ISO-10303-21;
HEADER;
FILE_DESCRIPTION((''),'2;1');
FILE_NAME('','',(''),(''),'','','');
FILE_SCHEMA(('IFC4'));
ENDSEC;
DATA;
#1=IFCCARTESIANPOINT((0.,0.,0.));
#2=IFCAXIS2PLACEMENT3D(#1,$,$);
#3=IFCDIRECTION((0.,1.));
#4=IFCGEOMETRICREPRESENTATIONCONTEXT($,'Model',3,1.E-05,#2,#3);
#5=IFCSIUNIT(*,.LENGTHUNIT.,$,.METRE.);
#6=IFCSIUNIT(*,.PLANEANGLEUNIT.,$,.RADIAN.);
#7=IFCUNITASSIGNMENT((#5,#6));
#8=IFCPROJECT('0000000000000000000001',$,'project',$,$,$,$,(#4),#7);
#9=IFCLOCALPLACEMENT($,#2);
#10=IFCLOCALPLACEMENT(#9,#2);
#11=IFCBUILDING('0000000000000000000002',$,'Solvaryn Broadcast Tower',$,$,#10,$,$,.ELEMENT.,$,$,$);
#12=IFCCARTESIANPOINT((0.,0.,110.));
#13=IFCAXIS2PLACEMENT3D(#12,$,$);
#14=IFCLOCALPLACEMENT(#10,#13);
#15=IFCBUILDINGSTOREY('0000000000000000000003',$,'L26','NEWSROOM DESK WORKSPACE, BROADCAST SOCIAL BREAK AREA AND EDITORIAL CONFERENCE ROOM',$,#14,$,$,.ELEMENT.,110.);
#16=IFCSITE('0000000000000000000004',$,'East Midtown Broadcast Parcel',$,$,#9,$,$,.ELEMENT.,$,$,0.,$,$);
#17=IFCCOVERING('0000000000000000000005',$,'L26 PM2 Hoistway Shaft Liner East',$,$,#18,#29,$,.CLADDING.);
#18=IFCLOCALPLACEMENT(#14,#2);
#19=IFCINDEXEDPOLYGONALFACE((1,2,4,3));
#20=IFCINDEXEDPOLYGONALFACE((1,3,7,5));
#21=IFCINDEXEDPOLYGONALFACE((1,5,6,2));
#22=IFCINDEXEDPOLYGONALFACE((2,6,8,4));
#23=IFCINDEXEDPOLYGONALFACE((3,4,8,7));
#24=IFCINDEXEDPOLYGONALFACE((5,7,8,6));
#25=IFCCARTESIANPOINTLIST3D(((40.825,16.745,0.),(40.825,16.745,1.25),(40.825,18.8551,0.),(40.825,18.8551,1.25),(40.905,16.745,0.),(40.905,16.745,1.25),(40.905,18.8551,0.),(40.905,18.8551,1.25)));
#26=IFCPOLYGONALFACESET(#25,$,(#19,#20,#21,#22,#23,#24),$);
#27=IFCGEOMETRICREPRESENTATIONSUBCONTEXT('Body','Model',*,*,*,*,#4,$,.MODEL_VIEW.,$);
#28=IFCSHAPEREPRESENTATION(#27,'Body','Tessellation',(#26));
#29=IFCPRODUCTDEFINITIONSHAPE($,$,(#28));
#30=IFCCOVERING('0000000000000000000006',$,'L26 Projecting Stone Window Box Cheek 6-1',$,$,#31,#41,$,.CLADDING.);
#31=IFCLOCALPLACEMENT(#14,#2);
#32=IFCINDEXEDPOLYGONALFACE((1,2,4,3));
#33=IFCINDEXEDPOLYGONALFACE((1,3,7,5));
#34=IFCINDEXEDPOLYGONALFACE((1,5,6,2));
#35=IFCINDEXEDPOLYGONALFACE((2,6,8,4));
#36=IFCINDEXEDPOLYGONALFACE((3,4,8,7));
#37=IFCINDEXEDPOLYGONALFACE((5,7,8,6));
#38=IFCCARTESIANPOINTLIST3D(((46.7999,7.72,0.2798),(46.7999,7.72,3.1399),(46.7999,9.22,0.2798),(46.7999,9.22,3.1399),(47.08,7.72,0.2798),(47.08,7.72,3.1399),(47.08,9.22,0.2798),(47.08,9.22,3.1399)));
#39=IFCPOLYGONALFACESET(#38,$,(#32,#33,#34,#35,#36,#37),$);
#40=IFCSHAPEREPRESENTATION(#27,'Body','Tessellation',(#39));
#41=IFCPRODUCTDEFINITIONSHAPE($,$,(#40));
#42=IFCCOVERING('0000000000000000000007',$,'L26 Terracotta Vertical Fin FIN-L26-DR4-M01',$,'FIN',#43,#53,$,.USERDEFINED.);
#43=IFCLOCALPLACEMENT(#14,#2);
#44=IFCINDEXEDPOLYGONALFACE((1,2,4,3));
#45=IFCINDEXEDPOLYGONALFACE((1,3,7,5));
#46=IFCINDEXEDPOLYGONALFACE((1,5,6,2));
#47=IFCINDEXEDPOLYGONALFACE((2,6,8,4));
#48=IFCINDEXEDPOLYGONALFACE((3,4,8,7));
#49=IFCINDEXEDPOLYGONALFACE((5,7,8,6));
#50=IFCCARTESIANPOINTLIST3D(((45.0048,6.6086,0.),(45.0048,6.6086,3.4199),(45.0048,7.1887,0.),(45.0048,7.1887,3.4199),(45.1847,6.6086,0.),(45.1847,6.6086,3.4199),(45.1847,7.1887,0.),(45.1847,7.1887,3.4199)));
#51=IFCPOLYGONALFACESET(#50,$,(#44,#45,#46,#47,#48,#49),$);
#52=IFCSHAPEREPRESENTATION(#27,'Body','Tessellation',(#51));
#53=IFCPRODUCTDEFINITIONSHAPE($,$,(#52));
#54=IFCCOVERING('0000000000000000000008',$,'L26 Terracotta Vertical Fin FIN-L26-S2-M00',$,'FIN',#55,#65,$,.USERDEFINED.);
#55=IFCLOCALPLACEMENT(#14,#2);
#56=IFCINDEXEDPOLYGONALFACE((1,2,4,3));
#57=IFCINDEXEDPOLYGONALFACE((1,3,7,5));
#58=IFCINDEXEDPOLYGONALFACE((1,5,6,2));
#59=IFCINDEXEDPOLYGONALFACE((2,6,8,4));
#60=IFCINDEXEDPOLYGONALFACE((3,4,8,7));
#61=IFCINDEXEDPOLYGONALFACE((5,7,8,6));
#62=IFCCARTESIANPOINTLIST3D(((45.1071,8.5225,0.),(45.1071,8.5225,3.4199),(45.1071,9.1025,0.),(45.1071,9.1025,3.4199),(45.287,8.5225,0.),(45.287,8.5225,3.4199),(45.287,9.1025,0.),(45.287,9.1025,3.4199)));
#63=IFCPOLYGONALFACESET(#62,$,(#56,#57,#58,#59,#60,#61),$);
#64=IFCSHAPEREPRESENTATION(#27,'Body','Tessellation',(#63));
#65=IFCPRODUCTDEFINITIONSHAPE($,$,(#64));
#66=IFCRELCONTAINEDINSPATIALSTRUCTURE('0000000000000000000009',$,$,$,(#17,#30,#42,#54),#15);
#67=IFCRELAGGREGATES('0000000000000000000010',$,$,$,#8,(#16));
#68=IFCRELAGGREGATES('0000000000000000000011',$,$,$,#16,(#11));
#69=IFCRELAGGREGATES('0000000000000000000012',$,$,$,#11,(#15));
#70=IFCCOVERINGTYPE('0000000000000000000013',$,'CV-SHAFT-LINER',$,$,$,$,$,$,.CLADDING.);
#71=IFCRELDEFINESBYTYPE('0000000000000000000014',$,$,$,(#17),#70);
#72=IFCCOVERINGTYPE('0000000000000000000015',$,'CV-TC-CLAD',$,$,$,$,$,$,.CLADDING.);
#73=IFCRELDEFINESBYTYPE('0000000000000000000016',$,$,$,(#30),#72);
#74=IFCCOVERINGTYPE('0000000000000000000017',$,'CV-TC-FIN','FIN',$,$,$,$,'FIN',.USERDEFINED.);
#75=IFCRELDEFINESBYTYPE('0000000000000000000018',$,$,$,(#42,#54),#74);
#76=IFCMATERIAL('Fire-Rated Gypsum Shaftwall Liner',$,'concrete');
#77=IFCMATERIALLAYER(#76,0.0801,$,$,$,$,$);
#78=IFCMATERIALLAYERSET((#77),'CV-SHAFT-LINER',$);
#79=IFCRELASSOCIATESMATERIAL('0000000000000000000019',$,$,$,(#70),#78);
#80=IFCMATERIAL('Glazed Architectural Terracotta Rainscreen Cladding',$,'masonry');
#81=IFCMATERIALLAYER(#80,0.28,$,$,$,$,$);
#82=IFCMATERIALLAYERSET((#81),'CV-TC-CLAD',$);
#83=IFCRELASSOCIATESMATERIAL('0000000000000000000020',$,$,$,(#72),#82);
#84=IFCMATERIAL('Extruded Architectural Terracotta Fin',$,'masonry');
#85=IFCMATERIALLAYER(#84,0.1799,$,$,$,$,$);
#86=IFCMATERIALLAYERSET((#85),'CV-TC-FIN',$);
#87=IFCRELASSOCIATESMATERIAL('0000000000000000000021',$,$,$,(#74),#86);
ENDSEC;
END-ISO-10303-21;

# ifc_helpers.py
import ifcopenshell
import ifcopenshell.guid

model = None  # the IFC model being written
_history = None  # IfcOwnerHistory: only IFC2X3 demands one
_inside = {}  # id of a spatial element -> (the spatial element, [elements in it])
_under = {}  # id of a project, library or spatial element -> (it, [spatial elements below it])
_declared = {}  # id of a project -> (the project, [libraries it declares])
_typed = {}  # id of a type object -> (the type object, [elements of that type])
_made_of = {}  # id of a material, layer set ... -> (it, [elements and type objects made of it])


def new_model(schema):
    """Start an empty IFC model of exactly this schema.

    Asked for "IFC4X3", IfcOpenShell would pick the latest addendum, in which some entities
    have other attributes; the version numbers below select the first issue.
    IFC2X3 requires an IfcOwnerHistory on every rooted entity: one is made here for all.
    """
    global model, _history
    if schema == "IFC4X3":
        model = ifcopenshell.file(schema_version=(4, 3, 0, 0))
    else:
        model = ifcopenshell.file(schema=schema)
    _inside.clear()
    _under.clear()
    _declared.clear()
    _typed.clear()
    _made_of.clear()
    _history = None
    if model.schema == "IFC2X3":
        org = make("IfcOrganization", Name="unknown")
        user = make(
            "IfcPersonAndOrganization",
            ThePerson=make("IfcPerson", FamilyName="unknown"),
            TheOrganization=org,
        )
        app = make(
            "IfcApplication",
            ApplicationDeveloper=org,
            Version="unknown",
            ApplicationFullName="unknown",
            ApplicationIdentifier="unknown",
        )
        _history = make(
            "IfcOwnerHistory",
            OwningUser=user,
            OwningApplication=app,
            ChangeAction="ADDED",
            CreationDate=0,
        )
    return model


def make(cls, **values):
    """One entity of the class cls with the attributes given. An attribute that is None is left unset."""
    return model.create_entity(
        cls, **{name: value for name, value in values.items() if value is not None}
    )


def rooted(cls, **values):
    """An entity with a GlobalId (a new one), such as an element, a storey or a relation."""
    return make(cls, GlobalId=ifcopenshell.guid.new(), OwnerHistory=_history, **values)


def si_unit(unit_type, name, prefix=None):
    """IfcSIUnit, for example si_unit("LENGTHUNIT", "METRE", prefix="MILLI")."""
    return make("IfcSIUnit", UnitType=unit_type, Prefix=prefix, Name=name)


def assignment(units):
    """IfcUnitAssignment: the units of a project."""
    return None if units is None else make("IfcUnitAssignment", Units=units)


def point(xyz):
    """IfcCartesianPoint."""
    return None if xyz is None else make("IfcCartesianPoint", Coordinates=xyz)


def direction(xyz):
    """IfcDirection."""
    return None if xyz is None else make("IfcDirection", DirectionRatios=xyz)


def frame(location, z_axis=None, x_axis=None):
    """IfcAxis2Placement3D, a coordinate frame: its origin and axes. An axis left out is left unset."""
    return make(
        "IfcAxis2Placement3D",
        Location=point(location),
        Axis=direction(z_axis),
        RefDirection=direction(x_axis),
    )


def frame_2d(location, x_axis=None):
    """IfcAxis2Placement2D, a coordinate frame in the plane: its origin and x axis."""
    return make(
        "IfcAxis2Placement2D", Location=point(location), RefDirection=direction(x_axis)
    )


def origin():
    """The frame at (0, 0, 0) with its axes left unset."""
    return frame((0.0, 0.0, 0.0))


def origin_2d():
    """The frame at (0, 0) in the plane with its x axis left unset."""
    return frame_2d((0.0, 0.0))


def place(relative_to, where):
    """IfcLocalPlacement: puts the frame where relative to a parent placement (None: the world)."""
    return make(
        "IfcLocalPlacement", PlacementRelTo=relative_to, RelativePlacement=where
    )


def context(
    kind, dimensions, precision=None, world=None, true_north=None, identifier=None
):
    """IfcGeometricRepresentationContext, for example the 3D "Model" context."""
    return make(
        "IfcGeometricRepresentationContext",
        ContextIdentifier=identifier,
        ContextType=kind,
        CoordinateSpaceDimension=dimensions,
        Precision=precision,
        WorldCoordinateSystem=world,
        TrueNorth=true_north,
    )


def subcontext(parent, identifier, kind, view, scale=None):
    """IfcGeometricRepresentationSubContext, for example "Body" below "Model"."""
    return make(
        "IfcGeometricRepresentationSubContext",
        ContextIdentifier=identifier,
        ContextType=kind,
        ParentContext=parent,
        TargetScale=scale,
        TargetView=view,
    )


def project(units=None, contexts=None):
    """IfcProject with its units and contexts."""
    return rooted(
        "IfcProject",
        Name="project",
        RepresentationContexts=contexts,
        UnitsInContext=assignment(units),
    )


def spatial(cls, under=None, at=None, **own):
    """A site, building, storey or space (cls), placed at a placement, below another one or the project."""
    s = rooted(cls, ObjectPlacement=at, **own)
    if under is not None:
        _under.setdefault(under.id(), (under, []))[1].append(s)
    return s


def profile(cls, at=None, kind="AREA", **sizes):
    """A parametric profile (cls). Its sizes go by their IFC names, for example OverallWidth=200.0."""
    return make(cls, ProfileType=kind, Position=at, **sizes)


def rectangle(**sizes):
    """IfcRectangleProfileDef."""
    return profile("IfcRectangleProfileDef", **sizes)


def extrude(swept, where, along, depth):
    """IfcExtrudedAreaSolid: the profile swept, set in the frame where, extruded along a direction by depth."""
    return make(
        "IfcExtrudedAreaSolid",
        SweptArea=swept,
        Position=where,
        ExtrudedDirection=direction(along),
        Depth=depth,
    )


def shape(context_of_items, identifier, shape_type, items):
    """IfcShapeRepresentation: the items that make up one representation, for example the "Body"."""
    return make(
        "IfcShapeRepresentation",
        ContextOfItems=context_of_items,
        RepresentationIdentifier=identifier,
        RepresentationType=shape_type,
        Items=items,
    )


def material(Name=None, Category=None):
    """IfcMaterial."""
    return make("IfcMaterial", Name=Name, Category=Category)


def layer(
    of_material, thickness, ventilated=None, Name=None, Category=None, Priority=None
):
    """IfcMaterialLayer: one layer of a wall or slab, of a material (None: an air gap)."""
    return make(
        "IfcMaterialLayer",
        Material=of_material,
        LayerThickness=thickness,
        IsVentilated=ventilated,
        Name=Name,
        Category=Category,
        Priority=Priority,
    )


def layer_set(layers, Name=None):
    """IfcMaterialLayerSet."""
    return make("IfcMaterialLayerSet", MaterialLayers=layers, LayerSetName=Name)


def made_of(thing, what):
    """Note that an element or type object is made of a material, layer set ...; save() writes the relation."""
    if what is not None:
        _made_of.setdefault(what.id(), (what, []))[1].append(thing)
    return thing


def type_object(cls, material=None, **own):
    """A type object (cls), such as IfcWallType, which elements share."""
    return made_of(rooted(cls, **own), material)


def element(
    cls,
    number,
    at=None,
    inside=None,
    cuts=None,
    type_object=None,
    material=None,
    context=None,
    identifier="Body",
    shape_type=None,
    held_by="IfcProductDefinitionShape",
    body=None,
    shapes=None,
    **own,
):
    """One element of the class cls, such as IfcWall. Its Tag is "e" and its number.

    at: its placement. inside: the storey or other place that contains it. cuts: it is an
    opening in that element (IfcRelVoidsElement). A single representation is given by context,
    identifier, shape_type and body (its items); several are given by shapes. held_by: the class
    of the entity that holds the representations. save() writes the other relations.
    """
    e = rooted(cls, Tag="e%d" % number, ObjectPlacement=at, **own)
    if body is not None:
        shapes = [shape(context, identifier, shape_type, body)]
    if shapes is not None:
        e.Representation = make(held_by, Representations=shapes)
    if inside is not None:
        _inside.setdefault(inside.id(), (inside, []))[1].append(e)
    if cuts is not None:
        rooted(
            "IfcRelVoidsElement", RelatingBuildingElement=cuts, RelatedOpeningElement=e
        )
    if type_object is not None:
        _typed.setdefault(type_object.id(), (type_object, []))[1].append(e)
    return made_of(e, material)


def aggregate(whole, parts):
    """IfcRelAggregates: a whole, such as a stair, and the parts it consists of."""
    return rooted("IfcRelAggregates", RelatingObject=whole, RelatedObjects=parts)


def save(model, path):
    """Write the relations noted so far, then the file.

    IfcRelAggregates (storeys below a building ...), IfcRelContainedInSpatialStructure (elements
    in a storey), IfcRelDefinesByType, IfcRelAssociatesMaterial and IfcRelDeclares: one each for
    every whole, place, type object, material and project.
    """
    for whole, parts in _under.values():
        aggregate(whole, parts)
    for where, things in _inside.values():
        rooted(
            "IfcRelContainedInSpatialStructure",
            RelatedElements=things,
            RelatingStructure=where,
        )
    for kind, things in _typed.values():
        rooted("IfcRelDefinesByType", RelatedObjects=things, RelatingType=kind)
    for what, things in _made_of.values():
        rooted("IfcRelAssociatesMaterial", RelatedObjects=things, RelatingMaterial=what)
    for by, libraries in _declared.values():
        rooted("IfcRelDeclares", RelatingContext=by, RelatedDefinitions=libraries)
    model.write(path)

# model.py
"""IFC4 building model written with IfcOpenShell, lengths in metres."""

from ifc_helpers import new_model, si_unit, direction, frame, origin, origin_2d, place, context, subcontext, project, spatial, rectangle, extrude, material, layer, layer_set, type_object, element, save


model = new_model("IFC4")

# Units and contexts
model_context = context("Model", 3, precision=1e-05, world=origin(), true_north=direction((0.0, 1.0)))
body_context = subcontext(model_context, "Body", "Model", "MODEL_VIEW")
ifc_project = project(units=[si_unit("LENGTHUNIT", "METRE"), si_unit("PLANEANGLEUNIT", "RADIAN")], contexts=[model_context])

# Site, building, storey
site_placement = place(None, origin())
site = spatial("IfcSite", under=ifc_project, at=site_placement, Name="East Midtown Broadcast Parcel", CompositionType="ELEMENT", RefElevation=0.0)
building_placement = place(site_placement, origin())
building = spatial("IfcBuilding", under=site, at=building_placement, Name="Solvaryn Broadcast Tower", CompositionType="ELEMENT")
storey_placement = place(building_placement, frame((0.0, 0.0, 110.0)))
storey = spatial("IfcBuildingStorey", under=building, at=storey_placement, Name="L26", Description="NEWSROOM DESK WORKSPACE, BROADCAST SOCIAL BREAK AREA AND EDITORIAL CONFERENCE ROOM", CompositionType="ELEMENT", Elevation=110.0)

# Coverings
ifc_material_1 = material(Name="Fire-Rated Gypsum Shaftwall Liner", Category="concrete")
ifc_layer_1 = layer(ifc_material_1, 0.0801)
ifc_layer_set_1 = layer_set([ifc_layer_1], Name="CV-SHAFT-LINER")
covering_type_1 = type_object("IfcCoveringType", Name="CV-SHAFT-LINER", PredefinedType="CLADDING", material=ifc_layer_set_1)
covering_1_placement = place(storey_placement, frame((40.865, 17.8, 0.0), z_axis=(0.0, 0.0, 1.0), x_axis=(1.0, 0.0, 0.0)))
element("IfcCovering", 1, at=covering_1_placement, inside=storey, type_object=covering_type_1, Name="L26 PM2 Hoistway Shaft Liner East", PredefinedType="CLADDING", context=body_context, shape_type="SweptSolid", body=[
    extrude(rectangle(XDim=0.0801, YDim=2.1101, at=origin_2d()), origin(), (0.0, 0.0, 1.0), 1.25),
])
ifc_material_2 = material(Name="Glazed Architectural Terracotta Rainscreen Cladding", Category="masonry")
ifc_layer_2 = layer(ifc_material_2, 0.28)
ifc_layer_set_2 = layer_set([ifc_layer_2], Name="CV-TC-CLAD")
covering_type_2 = type_object("IfcCoveringType", Name="CV-TC-CLAD", PredefinedType="CLADDING", material=ifc_layer_set_2)
covering_2_placement = place(storey_placement, frame((46.9399, 8.47, 0.2798), z_axis=(0.0, 0.0, 1.0), x_axis=(1.0, 0.0, 0.0)))
element("IfcCovering", 2, at=covering_2_placement, inside=storey, type_object=covering_type_2, Name="L26 Projecting Stone Window Box Cheek 6-1", PredefinedType="CLADDING", context=body_context, shape_type="SweptSolid", body=[
    extrude(rectangle(XDim=0.28, YDim=1.5, at=origin_2d()), origin(), (0.0, 0.0, 1.0), 2.8601),
])
ifc_material_3 = material(Name="Extruded Architectural Terracotta Fin", Category="masonry")
ifc_layer_3 = layer(ifc_material_3, 0.1799)
ifc_layer_set_3 = layer_set([ifc_layer_3], Name="CV-TC-FIN")
covering_type_3 = type_object("IfcCoveringType", Name="CV-TC-FIN", Description="FIN", ElementType="FIN", PredefinedType="USERDEFINED", material=ifc_layer_set_3)
for number, where, z_axis, x_axis, name in (
    (3, (45.0947, 6.8987, 0.0), (0.0, 0.0, 1.0), (1.0, 0.0, 0.0), "L26 Terracotta Vertical Fin FIN-L26-DR4-M01"),
    (4, (45.197, 8.8125, 0.0), (0.0, 0.0, 1.0), (1.0, 0.0, 0.0), "L26 Terracotta Vertical Fin FIN-L26-S2-M00"),
):
    element("IfcCovering", number, at=place(storey_placement, frame(where, z_axis=z_axis, x_axis=x_axis)), inside=storey, type_object=covering_type_3, Name=name, ObjectType="FIN", PredefinedType="USERDEFINED", context=body_context, shape_type="SweptSolid", body=[
        extrude(rectangle(XDim=0.1799, YDim=0.5801, at=origin_2d()), origin(), (0.0, 0.0, 1.0), 3.4199),
    ])

save(model, "model.ifc")
